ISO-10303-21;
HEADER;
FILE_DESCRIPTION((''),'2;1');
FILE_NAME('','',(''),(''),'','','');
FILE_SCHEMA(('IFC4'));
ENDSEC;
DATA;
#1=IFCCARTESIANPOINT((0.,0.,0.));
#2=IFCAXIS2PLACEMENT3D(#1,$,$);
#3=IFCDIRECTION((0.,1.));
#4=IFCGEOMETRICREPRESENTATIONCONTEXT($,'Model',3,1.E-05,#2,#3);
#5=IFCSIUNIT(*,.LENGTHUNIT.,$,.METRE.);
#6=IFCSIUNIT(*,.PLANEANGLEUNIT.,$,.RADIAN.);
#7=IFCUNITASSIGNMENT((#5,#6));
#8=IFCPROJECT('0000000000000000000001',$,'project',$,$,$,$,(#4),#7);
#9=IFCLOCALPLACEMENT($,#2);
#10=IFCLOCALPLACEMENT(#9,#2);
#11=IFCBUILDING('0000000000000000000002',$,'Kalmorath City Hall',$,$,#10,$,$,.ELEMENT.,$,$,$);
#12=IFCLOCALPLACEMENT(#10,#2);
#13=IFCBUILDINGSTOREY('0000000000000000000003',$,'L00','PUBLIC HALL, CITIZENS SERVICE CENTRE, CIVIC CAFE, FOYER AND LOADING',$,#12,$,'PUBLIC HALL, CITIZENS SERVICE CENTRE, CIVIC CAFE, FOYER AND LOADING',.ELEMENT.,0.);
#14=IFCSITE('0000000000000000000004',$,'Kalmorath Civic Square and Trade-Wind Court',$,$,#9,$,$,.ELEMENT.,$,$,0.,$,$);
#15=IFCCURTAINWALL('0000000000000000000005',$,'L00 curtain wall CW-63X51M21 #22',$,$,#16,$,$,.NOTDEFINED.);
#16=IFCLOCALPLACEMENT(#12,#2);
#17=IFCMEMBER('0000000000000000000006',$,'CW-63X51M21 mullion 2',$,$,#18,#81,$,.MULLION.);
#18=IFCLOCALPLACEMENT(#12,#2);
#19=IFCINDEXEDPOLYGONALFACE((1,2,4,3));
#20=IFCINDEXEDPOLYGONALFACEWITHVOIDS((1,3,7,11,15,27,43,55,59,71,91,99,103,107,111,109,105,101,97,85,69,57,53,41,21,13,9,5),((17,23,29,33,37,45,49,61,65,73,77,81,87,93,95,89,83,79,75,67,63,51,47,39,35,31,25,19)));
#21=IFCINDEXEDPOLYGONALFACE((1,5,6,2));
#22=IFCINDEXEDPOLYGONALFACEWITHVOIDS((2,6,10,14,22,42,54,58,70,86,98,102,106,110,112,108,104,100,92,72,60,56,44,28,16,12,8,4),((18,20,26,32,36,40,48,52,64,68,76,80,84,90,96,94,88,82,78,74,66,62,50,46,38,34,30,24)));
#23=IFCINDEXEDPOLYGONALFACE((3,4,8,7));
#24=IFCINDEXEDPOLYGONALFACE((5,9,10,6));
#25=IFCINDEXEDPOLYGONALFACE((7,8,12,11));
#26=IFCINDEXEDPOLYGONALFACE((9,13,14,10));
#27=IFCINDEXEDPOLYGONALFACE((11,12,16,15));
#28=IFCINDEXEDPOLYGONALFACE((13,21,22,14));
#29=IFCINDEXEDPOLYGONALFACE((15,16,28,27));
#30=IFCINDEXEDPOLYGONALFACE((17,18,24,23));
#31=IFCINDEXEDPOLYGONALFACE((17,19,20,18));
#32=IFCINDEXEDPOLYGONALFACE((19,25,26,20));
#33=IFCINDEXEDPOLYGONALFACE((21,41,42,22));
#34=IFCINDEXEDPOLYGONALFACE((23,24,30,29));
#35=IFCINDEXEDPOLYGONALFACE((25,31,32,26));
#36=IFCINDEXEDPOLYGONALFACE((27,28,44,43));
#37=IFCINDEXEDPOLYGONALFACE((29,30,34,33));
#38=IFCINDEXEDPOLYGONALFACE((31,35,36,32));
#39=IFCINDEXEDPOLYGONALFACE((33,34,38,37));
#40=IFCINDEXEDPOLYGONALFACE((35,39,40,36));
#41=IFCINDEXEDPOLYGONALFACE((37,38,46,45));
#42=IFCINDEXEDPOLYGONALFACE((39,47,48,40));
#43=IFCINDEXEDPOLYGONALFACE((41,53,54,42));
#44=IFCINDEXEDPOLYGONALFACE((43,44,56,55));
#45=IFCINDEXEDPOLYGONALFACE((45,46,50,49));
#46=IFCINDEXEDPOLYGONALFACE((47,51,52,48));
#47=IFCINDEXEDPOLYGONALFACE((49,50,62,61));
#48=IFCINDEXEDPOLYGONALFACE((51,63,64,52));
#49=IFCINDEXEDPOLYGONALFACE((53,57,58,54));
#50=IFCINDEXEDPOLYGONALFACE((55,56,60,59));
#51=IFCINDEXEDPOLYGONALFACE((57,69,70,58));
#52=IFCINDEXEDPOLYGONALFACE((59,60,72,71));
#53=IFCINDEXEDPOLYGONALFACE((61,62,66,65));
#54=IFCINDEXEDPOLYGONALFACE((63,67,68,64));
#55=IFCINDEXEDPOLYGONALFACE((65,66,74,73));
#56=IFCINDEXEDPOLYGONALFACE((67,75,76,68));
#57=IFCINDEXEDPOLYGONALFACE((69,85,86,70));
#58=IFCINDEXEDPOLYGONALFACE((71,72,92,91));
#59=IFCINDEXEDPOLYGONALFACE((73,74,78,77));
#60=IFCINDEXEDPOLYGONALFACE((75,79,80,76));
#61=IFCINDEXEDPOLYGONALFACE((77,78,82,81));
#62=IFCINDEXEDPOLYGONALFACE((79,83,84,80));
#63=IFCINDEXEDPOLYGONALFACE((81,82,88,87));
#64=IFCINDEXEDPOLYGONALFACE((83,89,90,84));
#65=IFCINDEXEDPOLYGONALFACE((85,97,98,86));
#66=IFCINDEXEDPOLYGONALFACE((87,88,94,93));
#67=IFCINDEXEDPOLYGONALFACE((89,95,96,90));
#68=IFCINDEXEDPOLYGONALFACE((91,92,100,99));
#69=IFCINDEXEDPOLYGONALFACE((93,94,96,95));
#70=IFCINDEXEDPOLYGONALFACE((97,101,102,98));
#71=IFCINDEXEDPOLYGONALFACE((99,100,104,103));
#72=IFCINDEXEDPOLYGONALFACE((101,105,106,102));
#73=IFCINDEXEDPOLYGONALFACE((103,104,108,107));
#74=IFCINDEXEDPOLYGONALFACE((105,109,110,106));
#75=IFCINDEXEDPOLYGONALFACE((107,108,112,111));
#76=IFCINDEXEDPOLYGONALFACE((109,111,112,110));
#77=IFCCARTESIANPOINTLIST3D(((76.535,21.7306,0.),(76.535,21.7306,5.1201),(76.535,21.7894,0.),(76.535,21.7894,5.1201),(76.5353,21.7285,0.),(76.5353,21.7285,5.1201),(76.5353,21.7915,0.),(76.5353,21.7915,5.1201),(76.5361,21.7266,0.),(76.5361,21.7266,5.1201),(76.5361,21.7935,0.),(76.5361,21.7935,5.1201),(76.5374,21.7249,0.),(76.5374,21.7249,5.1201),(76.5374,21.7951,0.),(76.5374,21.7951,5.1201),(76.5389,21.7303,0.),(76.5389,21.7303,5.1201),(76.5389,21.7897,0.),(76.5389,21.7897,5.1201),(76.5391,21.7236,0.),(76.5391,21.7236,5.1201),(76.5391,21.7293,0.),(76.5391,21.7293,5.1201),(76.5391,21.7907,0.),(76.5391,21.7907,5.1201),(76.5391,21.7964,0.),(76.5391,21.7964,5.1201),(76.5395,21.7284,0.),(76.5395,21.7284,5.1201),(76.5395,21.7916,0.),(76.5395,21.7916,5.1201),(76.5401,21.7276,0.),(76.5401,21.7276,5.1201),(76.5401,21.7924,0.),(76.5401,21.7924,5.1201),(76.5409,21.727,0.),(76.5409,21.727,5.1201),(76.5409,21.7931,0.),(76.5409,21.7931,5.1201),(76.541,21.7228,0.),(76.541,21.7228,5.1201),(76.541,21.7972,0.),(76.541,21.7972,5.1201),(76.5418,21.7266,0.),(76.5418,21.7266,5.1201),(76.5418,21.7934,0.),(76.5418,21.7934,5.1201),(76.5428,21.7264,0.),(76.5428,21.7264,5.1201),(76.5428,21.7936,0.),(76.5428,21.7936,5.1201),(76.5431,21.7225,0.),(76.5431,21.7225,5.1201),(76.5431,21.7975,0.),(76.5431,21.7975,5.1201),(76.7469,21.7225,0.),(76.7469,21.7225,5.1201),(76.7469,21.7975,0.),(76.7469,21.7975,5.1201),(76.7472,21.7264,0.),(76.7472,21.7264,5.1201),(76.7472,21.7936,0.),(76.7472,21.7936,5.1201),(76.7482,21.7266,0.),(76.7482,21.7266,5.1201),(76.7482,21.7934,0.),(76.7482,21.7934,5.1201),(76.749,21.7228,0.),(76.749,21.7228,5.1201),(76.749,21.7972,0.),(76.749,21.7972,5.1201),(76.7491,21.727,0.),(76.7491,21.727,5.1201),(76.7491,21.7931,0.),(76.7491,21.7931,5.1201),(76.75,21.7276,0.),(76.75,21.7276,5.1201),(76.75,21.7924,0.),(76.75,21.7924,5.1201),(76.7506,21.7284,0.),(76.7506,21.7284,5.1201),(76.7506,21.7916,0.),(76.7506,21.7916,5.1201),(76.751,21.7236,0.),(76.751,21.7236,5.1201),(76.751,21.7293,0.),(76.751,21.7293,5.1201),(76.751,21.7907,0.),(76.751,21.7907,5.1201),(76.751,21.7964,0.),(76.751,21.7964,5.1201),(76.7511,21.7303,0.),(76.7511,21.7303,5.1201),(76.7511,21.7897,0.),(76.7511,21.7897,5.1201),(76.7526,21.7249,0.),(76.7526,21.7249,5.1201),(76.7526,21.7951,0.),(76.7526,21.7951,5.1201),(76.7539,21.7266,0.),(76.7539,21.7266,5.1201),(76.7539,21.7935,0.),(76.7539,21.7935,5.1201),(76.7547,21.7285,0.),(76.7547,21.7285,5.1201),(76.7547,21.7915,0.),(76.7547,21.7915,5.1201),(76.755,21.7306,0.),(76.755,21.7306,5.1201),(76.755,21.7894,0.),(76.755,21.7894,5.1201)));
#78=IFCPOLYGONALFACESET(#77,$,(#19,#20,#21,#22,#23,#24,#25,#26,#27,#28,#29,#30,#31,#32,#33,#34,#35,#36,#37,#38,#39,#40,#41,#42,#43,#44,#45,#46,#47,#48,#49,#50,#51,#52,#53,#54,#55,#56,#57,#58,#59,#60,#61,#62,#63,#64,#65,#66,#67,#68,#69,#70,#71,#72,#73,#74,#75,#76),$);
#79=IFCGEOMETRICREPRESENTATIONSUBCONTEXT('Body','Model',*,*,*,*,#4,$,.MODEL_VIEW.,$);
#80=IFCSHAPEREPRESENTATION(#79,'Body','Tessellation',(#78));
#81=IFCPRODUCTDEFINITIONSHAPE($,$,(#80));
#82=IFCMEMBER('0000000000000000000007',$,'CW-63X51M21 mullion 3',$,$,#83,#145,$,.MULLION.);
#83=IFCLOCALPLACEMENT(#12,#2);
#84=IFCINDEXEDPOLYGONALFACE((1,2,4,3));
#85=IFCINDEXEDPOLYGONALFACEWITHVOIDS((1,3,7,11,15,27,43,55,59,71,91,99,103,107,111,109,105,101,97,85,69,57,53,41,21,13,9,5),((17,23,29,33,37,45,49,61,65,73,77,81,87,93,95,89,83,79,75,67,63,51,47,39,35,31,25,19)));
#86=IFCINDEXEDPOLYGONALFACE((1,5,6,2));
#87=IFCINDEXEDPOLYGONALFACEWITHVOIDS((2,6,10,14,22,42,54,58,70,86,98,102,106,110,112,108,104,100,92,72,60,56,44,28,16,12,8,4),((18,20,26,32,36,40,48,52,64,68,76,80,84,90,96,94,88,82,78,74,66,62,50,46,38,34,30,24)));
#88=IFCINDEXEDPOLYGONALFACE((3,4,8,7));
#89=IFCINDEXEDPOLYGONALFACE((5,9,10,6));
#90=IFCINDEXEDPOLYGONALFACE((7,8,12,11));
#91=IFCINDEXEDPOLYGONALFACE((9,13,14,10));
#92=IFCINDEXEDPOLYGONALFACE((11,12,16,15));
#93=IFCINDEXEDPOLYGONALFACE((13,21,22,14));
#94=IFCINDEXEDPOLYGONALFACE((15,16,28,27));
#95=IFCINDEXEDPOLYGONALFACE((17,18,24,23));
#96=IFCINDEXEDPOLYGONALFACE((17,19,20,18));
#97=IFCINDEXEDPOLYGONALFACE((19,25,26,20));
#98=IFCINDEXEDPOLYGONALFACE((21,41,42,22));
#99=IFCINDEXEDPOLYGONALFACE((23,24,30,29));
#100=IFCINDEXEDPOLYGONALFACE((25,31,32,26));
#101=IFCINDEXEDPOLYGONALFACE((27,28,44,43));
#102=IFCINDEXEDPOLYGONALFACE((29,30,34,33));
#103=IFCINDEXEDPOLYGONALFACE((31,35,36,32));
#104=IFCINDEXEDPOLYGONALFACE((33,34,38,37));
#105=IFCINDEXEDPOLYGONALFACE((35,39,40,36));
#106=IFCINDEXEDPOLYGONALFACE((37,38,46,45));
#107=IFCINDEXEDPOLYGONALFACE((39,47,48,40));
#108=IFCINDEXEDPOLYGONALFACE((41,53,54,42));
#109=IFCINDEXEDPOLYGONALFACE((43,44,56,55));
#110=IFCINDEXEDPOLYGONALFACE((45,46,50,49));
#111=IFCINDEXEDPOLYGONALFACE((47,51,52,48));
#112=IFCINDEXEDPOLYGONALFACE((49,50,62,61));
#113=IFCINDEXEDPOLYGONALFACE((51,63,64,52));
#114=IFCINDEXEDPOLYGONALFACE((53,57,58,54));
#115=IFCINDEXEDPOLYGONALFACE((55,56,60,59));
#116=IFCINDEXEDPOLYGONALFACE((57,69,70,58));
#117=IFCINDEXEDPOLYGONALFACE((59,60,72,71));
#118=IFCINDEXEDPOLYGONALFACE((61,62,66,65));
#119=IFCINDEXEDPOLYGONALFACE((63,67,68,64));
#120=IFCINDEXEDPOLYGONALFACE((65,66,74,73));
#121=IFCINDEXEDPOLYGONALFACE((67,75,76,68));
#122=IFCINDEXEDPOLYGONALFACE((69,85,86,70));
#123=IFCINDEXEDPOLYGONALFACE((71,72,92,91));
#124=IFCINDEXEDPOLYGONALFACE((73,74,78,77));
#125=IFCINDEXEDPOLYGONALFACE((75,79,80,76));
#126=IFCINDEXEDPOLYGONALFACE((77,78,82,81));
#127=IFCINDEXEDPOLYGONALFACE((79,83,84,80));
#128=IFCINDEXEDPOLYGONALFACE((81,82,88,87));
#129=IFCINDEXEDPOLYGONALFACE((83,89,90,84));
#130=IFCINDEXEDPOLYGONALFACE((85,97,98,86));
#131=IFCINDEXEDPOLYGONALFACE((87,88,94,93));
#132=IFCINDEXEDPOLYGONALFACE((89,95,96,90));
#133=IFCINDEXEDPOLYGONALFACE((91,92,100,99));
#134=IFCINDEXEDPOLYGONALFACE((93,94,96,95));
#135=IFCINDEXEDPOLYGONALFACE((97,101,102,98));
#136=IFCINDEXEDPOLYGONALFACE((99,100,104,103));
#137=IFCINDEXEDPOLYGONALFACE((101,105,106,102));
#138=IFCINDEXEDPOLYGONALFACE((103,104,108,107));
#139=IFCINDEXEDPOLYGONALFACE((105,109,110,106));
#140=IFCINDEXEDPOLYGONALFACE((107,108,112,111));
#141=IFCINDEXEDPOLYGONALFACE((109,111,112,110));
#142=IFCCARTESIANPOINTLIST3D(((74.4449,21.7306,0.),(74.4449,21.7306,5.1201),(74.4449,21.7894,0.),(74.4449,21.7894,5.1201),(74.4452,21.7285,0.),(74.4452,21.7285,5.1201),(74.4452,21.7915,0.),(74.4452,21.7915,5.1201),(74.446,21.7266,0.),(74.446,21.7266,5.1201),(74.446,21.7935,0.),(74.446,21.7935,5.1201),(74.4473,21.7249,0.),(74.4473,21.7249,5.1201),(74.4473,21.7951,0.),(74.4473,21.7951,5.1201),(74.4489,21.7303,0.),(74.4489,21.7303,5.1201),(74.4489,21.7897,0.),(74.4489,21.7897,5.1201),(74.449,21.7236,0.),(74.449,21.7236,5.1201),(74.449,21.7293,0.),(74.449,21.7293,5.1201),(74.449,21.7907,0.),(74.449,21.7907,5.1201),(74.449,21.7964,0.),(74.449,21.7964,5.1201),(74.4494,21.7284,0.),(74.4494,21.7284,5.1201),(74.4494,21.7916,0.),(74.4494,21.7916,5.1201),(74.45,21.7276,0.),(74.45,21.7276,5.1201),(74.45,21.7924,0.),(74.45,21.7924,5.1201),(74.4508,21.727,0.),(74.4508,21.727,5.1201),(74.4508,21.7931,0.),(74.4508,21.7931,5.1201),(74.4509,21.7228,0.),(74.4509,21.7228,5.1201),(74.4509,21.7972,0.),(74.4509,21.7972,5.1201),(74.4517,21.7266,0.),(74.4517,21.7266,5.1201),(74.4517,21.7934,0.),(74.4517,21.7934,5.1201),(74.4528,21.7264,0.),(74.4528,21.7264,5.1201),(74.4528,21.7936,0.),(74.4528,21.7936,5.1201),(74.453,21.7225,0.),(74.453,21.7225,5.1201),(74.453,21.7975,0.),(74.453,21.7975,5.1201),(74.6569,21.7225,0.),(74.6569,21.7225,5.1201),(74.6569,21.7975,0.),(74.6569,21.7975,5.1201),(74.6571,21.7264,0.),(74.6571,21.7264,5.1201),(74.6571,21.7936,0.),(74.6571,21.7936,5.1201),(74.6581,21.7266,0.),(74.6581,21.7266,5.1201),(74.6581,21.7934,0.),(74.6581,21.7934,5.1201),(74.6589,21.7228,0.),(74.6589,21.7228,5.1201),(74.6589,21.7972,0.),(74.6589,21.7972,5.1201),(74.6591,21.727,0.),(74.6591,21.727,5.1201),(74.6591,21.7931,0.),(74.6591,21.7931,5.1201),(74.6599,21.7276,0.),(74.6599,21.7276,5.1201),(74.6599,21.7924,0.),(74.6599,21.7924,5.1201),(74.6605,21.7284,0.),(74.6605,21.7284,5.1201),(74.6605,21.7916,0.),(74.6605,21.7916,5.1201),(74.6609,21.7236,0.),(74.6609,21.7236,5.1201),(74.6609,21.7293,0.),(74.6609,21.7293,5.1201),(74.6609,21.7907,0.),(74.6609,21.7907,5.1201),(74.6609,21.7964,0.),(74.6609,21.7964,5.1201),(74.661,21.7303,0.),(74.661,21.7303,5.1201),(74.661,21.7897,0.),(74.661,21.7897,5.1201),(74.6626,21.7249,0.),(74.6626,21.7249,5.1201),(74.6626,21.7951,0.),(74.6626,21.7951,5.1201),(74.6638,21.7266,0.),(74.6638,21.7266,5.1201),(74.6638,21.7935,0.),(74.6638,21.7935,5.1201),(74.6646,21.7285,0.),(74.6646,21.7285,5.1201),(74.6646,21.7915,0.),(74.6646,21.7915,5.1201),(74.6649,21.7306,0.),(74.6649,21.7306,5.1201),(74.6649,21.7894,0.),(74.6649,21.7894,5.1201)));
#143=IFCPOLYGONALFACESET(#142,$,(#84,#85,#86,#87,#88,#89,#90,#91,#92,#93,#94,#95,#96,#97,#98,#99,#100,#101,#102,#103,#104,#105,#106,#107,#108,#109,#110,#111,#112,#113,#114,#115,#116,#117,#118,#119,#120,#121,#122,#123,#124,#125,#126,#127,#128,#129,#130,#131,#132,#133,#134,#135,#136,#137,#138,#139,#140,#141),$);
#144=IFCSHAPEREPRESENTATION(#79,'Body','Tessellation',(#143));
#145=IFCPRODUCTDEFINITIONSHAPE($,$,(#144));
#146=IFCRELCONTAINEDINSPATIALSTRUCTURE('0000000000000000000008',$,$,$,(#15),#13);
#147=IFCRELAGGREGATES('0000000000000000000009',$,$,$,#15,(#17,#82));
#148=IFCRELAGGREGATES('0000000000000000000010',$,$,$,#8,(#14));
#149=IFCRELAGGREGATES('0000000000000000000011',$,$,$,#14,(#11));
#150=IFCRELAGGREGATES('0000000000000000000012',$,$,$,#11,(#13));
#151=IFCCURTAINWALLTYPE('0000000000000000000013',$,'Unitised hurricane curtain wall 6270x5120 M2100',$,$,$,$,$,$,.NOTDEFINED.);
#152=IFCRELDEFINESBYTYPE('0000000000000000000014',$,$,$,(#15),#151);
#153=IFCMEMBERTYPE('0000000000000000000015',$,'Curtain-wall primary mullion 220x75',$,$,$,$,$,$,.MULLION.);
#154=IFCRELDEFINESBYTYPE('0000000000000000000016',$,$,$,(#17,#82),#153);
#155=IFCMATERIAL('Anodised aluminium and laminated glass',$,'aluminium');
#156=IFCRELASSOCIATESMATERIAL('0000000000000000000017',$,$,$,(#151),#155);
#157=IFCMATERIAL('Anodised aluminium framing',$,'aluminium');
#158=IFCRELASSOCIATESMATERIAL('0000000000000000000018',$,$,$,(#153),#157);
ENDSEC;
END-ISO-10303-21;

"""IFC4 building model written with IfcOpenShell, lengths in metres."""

from ifc_helpers import new_model, si_unit, direction, frame, origin, origin_2d, place, context, subcontext, project, spatial, hollow_rectangle, extrude, material, material_profile, profile_set, type_object, element, aggregate, save


model = new_model("IFC4")

# Units and contexts
model_context = context("Model", 3, precision=1e-05, world=origin(), true_north=direction((0.0, 1.0)))
body_context = subcontext(model_context, "Body", "Model", "MODEL_VIEW")
ifc_project = project(units=[si_unit("LENGTHUNIT", "METRE"), si_unit("PLANEANGLEUNIT", "RADIAN")], contexts=[model_context])

# Site, building, storey
site_placement = place(None, origin())
site = spatial("IfcSite", under=ifc_project, at=site_placement, Name="Kalmorath Civic Square and Trade-Wind Court", CompositionType="ELEMENT", RefElevation=0.0)
building_placement = place(site_placement, origin())
building = spatial("IfcBuilding", under=site, at=building_placement, Name="Kalmorath City Hall", CompositionType="ELEMENT")
storey_placement = place(building_placement, origin())
storey = spatial("IfcBuildingStorey", under=building, at=storey_placement, Name="L00", Description="PUBLIC HALL, CITIZENS SERVICE CENTRE, CIVIC CAFE, FOYER AND LOADING", LongName="PUBLIC HALL, CITIZENS SERVICE CENTRE, CIVIC CAFE, FOYER AND LOADING", CompositionType="ELEMENT", Elevation=0.0)

# Curtain wall, members
ifc_material_1 = material(Name="Anodised aluminium and laminated glass", Category="aluminium")
curtain_wall_type = type_object("IfcCurtainWallType", Name="Unitised hurricane curtain wall 6270x5120 M2100", PredefinedType="NOTDEFINED", material=ifc_material_1)
curtain_wall_placement = place(storey_placement, origin())
curtain_wall = element("IfcCurtainWall", 1, at=curtain_wall_placement, inside=storey, type_object=curtain_wall_type, Name="L00 curtain wall CW-63X51M21 #22", PredefinedType="NOTDEFINED")
ifc_material_2 = material(Name="Anodised aluminium framing", Category="aluminium")
ifc_material_profile_1 = material_profile(ifc_material_2, hollow_rectangle(XDim=0.075, YDim=0.22, WallThickness=0.0039, InnerFilletRadius=0.0039, OuterFilletRadius=0.0081, at=origin_2d()), Name="ALU-MUL-220X75X4")
ifc_profile_set_1 = profile_set([ifc_material_profile_1], Name="Anodised aluminium framing")
member_type_1 = type_object("IfcMemberType", Name="Curtain-wall primary mullion 220x75", PredefinedType="MULLION", material=ifc_profile_set_1)
member_1_placement = place(storey_placement, frame((76.645, 21.76, 0.0), z_axis=(0.0, 0.0, 1.0), x_axis=(0.0, -1.0, 0.0)))
member_1 = element("IfcMember", 2, at=member_1_placement, type_object=member_type_1, Name="CW-63X51M21 mullion 2", PredefinedType="MULLION", context=body_context, shape_type="SweptSolid", body=[
    extrude(hollow_rectangle(XDim=0.075, YDim=0.22, WallThickness=0.0039, InnerFilletRadius=0.0039, OuterFilletRadius=0.0081, at=origin_2d()), origin(), (0.0, 0.0, 1.0), 5.1201),
])
member_2_placement = place(storey_placement, frame((74.5549, 21.76, 0.0), z_axis=(0.0, 0.0, 1.0), x_axis=(0.0, -1.0, 0.0)))
member_2 = element("IfcMember", 3, at=member_2_placement, type_object=member_type_1, Name="CW-63X51M21 mullion 3", PredefinedType="MULLION", context=body_context, shape_type="SweptSolid", body=[
    extrude(hollow_rectangle(XDim=0.075, YDim=0.22, WallThickness=0.0039, InnerFilletRadius=0.0039, OuterFilletRadius=0.0081, at=origin_2d()), origin(), (0.0, 0.0, 1.0), 5.1201),
])

aggregate(curtain_wall, [member_1, member_2])

save(model, "model.ifc")
